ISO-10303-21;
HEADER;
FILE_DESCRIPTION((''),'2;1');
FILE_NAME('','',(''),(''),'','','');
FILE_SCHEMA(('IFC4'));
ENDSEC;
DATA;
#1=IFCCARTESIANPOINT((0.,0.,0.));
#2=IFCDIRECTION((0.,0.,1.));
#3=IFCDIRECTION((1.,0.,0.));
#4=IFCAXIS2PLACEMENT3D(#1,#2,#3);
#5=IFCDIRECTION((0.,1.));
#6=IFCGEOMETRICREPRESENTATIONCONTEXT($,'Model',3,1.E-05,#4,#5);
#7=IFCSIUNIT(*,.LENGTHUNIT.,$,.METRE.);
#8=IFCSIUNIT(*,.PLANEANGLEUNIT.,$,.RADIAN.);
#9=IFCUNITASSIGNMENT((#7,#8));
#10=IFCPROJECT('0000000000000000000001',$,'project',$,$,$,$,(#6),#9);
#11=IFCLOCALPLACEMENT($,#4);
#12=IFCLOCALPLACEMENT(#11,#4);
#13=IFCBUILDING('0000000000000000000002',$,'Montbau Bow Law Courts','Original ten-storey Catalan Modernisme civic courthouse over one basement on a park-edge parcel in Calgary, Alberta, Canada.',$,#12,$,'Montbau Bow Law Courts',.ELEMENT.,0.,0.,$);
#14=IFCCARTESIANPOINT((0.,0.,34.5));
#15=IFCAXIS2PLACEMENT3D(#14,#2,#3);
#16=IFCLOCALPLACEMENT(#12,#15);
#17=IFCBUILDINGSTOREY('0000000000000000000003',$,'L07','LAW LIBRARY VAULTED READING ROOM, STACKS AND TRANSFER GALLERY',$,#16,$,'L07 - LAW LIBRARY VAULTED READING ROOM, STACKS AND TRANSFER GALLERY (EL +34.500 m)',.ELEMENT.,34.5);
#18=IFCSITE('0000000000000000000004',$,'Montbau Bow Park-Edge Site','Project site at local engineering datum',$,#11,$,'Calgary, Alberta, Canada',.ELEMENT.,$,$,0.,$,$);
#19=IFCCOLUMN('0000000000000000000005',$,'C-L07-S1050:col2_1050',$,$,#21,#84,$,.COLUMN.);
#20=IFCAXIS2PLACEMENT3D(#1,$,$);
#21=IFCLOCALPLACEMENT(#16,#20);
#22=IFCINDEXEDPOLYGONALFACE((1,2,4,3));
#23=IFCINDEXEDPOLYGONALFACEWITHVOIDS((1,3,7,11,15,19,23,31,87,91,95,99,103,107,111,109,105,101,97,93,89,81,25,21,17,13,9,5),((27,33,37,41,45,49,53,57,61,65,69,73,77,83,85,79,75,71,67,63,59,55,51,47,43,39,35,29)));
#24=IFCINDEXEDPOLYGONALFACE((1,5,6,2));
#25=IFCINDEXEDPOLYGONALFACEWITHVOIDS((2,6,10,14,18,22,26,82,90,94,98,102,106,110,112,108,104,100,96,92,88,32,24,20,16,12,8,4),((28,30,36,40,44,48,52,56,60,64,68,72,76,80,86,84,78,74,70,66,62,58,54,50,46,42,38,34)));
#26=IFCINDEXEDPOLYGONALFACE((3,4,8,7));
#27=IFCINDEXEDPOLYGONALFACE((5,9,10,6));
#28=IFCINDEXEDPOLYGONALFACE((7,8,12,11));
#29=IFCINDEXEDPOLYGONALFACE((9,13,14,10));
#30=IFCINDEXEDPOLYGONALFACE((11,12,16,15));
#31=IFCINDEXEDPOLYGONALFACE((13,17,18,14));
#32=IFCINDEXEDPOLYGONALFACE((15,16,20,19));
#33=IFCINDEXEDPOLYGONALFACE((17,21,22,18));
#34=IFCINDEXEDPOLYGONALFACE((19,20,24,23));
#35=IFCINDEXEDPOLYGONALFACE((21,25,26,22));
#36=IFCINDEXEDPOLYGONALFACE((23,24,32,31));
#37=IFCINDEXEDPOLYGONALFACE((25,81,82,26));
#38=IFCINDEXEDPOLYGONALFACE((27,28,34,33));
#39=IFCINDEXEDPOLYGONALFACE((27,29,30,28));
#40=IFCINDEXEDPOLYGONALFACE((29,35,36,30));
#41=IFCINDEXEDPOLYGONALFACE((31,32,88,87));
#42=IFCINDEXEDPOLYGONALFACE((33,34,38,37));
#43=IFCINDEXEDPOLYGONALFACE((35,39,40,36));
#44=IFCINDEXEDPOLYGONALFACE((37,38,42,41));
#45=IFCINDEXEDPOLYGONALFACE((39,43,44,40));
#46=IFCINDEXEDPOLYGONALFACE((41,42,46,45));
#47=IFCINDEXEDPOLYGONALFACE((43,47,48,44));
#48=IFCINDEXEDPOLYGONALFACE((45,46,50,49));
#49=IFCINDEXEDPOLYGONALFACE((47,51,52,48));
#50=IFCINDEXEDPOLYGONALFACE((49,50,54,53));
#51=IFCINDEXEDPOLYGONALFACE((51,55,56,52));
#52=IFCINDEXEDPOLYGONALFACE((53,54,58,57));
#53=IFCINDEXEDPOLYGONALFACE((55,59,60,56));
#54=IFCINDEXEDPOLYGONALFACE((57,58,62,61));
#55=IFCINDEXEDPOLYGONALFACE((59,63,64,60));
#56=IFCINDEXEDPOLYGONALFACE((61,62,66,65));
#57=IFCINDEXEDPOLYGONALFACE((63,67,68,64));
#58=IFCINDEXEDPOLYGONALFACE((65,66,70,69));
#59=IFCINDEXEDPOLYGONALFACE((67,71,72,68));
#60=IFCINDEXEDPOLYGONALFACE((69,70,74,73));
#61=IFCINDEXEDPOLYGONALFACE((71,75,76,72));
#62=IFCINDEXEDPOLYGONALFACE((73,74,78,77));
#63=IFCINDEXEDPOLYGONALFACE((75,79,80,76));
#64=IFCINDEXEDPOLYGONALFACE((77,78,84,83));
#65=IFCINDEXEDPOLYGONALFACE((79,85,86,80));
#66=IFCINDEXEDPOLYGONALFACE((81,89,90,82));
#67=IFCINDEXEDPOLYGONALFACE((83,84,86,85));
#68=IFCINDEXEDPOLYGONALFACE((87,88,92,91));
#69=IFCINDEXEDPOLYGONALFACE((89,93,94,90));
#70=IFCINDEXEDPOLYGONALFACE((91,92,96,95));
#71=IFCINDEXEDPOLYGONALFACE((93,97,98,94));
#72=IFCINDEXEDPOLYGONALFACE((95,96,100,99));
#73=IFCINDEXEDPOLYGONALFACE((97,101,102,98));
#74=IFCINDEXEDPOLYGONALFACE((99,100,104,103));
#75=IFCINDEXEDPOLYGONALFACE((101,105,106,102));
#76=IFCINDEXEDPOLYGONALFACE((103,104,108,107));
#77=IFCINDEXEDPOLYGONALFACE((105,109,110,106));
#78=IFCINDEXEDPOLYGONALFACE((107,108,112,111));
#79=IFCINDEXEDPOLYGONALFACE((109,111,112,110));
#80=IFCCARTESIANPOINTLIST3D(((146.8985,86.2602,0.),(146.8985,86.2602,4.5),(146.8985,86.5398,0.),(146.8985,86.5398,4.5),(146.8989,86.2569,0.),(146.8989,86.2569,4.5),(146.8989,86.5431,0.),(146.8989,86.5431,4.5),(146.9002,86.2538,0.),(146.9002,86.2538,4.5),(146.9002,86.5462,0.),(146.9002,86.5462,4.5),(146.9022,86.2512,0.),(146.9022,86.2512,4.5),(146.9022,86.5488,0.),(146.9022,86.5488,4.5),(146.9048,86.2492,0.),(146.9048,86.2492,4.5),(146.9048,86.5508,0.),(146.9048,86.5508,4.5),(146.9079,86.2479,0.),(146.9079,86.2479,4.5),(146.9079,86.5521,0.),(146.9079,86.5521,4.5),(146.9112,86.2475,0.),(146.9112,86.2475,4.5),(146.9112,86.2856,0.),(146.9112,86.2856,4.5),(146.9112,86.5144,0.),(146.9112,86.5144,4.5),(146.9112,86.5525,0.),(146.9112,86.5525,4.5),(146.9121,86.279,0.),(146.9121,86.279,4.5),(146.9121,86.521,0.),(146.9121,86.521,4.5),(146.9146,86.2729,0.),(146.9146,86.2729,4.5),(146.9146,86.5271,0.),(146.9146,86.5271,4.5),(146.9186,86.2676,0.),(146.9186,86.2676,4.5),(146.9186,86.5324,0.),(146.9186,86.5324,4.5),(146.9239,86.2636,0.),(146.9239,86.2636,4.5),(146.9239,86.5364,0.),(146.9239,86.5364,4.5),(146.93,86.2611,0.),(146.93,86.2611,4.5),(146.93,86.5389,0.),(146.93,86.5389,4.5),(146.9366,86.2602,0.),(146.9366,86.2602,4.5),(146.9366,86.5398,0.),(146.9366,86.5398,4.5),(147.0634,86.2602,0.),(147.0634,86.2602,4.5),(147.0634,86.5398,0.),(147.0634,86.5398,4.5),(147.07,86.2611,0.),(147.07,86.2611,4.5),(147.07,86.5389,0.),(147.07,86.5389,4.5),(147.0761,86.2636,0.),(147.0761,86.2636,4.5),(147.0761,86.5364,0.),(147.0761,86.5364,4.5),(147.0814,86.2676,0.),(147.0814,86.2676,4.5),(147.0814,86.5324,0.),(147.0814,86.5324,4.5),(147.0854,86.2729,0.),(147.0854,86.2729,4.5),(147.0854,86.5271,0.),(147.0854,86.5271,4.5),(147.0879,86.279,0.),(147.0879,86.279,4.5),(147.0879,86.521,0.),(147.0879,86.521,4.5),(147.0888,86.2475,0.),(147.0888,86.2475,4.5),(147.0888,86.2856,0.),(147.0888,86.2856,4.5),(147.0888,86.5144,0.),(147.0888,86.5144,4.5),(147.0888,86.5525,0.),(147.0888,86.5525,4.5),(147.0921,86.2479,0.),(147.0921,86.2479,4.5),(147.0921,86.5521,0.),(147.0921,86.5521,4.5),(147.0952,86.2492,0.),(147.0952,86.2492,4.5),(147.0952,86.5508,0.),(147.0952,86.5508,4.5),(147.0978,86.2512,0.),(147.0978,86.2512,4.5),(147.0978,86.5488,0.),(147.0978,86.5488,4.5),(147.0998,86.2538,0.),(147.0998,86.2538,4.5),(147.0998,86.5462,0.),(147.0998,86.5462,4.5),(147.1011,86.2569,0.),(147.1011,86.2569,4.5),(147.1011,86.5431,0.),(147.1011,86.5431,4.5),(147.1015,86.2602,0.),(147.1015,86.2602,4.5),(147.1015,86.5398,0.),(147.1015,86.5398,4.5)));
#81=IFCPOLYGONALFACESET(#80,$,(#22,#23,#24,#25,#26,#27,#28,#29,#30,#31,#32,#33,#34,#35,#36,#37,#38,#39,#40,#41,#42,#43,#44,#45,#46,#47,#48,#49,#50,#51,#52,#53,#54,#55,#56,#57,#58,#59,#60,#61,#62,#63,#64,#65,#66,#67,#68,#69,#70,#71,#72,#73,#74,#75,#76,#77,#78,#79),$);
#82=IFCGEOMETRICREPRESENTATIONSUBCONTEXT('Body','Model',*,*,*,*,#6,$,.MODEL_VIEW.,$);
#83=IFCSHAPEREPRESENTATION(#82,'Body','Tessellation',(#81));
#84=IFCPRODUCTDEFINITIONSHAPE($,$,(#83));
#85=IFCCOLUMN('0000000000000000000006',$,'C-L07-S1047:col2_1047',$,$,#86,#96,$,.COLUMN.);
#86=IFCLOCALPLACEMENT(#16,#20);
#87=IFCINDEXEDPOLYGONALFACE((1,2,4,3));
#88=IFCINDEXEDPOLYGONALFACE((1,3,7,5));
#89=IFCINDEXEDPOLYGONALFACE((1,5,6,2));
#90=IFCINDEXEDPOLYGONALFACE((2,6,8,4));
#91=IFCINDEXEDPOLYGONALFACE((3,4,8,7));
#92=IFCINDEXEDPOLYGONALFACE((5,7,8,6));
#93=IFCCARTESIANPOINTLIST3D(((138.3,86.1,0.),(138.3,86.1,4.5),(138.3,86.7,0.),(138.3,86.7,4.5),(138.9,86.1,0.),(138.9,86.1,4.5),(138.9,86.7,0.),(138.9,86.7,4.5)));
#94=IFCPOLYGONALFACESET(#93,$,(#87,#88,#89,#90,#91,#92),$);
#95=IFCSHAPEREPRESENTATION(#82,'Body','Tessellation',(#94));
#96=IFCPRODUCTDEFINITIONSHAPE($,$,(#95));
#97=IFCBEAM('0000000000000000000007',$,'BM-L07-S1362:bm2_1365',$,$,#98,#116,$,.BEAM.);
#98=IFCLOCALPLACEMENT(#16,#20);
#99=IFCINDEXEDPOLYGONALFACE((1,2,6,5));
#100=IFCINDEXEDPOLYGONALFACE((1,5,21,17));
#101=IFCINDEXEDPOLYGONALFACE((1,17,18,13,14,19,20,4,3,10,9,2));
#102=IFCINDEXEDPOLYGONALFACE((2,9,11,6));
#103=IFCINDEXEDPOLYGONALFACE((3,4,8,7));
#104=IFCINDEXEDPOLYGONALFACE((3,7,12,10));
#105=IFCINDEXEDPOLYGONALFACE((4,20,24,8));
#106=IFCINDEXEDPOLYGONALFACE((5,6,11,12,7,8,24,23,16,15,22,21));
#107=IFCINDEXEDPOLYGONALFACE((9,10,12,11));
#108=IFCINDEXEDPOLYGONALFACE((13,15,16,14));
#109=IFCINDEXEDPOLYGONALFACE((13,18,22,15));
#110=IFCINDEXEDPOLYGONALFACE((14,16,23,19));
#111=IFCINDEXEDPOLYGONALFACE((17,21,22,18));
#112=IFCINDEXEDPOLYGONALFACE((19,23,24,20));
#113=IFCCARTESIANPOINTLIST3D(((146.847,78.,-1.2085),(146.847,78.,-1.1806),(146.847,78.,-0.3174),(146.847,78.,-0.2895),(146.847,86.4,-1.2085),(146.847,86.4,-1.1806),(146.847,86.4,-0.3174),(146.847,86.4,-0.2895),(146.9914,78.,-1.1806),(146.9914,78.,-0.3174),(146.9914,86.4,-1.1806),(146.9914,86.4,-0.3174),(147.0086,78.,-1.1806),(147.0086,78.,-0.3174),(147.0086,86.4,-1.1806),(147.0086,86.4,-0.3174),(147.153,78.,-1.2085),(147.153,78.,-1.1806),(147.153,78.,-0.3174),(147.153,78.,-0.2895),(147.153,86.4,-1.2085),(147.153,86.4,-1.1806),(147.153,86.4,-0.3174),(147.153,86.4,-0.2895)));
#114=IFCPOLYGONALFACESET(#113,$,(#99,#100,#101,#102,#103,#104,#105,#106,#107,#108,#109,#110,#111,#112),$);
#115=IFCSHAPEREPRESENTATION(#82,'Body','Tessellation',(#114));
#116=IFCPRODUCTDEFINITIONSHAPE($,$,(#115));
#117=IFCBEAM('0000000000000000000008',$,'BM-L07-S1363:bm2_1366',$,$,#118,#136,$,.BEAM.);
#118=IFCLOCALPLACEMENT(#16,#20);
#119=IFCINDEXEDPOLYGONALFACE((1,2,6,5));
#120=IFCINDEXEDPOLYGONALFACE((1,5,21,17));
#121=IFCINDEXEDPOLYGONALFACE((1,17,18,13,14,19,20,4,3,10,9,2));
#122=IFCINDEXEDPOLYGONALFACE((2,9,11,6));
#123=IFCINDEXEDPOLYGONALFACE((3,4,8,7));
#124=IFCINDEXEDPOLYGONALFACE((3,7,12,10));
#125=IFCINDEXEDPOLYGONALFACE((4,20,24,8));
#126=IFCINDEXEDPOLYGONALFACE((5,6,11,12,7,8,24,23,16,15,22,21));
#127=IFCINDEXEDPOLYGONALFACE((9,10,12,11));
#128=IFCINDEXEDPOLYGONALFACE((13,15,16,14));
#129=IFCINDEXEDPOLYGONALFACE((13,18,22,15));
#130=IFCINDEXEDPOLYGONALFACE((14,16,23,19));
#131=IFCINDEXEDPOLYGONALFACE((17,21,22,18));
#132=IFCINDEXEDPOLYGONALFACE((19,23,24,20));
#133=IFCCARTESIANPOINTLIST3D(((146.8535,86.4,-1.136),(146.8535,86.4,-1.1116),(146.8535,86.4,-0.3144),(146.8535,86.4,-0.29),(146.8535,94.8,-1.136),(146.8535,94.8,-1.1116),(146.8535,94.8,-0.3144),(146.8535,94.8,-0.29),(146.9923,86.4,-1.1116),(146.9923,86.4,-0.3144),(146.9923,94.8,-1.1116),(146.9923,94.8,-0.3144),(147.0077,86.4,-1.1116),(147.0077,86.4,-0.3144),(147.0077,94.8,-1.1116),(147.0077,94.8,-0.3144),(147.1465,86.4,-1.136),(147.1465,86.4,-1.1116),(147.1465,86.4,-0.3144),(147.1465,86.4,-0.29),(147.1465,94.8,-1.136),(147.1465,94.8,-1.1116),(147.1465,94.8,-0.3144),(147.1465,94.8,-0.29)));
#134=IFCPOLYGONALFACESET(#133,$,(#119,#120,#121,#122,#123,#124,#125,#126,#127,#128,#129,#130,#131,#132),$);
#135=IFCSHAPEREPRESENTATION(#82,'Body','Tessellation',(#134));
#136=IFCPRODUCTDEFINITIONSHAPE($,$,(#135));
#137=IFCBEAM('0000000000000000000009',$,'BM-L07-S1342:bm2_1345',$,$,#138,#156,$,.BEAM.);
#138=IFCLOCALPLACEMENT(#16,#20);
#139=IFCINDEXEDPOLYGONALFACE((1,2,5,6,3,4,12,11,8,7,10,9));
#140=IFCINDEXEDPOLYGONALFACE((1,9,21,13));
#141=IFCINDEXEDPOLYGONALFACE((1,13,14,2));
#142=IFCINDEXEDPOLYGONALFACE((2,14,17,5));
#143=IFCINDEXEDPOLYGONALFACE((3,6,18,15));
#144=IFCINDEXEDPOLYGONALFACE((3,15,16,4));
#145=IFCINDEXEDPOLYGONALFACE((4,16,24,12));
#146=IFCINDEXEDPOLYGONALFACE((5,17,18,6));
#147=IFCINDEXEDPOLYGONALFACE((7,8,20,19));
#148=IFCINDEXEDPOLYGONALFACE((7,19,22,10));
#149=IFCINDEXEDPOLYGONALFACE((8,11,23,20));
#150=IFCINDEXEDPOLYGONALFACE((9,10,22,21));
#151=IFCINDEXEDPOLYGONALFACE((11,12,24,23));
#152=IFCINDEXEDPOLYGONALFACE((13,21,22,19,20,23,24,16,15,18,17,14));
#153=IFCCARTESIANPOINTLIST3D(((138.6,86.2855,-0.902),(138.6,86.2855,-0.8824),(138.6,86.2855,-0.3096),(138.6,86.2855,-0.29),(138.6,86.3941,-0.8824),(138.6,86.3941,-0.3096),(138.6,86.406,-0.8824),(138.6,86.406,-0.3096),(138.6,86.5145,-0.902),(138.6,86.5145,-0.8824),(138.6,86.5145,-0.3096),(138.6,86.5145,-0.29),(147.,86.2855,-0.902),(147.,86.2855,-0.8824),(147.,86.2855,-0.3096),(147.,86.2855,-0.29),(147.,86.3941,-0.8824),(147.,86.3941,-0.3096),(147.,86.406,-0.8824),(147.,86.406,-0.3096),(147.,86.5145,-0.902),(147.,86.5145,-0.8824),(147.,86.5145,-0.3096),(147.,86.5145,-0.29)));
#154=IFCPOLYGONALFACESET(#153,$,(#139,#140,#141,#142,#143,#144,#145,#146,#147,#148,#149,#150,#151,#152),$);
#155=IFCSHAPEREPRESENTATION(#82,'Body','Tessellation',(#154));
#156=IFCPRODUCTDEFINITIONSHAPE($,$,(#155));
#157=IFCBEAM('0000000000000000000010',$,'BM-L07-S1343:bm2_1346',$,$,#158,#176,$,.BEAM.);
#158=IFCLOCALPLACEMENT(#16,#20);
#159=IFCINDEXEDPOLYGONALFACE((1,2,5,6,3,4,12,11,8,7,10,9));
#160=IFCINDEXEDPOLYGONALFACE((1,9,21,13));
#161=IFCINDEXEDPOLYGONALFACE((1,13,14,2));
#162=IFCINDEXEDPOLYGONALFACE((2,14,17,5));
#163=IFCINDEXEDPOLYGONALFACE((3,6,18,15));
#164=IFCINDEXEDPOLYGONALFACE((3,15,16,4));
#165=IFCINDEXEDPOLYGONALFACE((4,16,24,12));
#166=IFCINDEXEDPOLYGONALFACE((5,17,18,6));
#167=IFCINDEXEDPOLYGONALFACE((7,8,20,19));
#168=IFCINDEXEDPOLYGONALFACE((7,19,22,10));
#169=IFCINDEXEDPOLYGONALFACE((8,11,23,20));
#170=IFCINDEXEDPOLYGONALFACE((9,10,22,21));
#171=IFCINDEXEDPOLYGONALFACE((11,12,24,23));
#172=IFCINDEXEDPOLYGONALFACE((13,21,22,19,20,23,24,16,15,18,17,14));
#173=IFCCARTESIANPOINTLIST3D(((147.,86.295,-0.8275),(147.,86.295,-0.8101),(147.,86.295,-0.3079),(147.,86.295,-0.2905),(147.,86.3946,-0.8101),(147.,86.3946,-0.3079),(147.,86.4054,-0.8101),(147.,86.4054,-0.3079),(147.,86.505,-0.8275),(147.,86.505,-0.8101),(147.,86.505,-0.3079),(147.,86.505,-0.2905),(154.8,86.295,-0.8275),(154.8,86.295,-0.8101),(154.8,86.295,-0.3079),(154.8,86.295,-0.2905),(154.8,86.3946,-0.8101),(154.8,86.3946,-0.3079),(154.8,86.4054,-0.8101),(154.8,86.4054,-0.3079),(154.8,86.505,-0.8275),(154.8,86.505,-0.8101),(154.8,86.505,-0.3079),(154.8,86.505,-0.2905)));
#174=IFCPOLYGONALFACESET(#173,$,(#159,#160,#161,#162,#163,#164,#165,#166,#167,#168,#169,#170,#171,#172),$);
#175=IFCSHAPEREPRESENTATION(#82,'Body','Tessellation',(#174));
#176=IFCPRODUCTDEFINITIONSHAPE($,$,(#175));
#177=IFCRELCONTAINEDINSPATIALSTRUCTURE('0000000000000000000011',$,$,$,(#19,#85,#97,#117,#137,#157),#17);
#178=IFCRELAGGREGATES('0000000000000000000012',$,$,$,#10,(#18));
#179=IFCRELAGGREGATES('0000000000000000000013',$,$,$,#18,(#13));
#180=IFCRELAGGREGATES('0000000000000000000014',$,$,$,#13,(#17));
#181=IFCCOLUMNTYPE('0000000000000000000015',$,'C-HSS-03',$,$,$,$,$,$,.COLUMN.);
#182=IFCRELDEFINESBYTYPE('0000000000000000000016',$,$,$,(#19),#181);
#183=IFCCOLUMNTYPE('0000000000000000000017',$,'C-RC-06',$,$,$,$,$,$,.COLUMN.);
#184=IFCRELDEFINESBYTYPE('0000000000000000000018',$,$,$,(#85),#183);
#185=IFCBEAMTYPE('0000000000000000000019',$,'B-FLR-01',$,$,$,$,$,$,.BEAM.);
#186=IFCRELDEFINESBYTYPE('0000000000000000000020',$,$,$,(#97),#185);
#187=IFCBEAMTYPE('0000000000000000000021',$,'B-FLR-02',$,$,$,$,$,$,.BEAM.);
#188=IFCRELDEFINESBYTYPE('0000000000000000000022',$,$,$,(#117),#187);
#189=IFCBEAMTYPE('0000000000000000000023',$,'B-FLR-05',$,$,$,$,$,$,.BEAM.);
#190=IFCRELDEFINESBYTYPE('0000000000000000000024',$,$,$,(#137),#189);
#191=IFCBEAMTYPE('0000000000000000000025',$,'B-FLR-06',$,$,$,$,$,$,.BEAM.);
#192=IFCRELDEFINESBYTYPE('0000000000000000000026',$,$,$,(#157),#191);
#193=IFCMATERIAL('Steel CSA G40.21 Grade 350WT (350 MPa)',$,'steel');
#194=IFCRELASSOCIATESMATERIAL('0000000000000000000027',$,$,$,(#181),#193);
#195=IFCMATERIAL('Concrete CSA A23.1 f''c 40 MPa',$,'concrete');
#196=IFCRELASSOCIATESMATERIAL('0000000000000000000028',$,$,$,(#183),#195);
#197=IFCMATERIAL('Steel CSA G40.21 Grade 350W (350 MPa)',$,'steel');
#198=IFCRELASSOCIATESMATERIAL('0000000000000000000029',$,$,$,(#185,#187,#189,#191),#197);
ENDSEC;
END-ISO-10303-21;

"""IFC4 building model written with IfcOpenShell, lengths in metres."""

from ifc_helpers import new_model, si_unit, direction, frame, origin_with_axes, origin_2d_with_axis, place, context, subcontext, project, spatial, rectangle, hollow_rectangle, i_section, extrude, material, material_profile, profile_set, type_object, element, save


model = new_model("IFC4")

# Units and contexts
model_context = context("Model", 3, precision=1e-05, world=origin_with_axes(), true_north=direction((0.0, 1.0)))
body_context = subcontext(model_context, "Body", "Model", "MODEL_VIEW")
ifc_project = project(units=[si_unit("LENGTHUNIT", "METRE"), si_unit("PLANEANGLEUNIT", "RADIAN")], contexts=[model_context])

# Site, building, storey
site_placement = place(None, origin_with_axes())
site = spatial("IfcSite", under=ifc_project, at=site_placement, Name="Montbau Bow Park-Edge Site", Description="Project site at local engineering datum", LongName="Calgary, Alberta, Canada", CompositionType="ELEMENT", RefElevation=0.0)
building_placement = place(site_placement, origin_with_axes())
building = spatial("IfcBuilding", under=site, at=building_placement, Name="Montbau Bow Law Courts", Description="Original ten-storey Catalan Modernisme civic courthouse over one basement on a park-edge parcel in Calgary, Alberta, Canada.", LongName="Montbau Bow Law Courts", CompositionType="ELEMENT", ElevationOfRefHeight=0.0, ElevationOfTerrain=0.0)
storey_placement = place(building_placement, frame((0.0, 0.0, 34.5), z_axis=(0.0, 0.0, 1.0), x_axis=(1.0, 0.0, 0.0)))
storey = spatial("IfcBuildingStorey", under=building, at=storey_placement, Name="L07", Description="LAW LIBRARY VAULTED READING ROOM, STACKS AND TRANSFER GALLERY", LongName="L07 - LAW LIBRARY VAULTED READING ROOM, STACKS AND TRANSFER GALLERY (EL +34.500 m)", CompositionType="ELEMENT", Elevation=34.5)

# Columns
ifc_material_1 = material(Name="Steel CSA G40.21 Grade 350WT (350 MPa)", Category="steel")
ifc_material_profile_1 = material_profile(ifc_material_1, hollow_rectangle(XDim=0.203, YDim=0.305, WallThickness=0.0127, InnerFilletRadius=0.0254, OuterFilletRadius=0.0127, at=origin_2d_with_axis()), Name="HSS305X203X13", Category="Main", Priority=0)
ifc_profile_set_1 = profile_set([ifc_material_profile_1], Name="Steel CSA G40.21 Grade 350WT (350 MPa)")
column_type_1 = type_object("IfcColumnType", Name="C-HSS-03", PredefinedType="COLUMN", material=ifc_profile_set_1)
column_1_placement = place(None, frame((147.0, 86.4, 34.5), z_axis=(0.0, 0.0, 1.0), x_axis=(1.0, 0.0, 0.0)))
element("IfcColumn", 1, at=column_1_placement, inside=storey, type_object=column_type_1, Name="C-L07-S1050:col2_1050", PredefinedType="COLUMN", context=body_context, shape_type="SweptSolid", body=[
    extrude(hollow_rectangle(XDim=0.203, YDim=0.305, WallThickness=0.0127, InnerFilletRadius=0.0254, OuterFilletRadius=0.0127, at=origin_2d_with_axis()), origin_with_axes(), (0.0, 0.0, 1.0), 4.5),
])
ifc_material_2 = material(Name="Concrete CSA A23.1 f'c 40 MPa", Category="concrete")
ifc_material_profile_2 = material_profile(ifc_material_2, rectangle(XDim=0.6, YDim=0.6, at=origin_2d_with_axis()), Name="RC600X600", Category="Main", Priority=0)
ifc_profile_set_2 = profile_set([ifc_material_profile_2], Name="Concrete CSA A23.1 f'c 40 MPa")
column_type_2 = type_object("IfcColumnType", Name="C-RC-06", PredefinedType="COLUMN", material=ifc_profile_set_2)
column_2_placement = place(None, frame((138.6, 86.4, 34.5), z_axis=(0.0, 0.0, 1.0), x_axis=(1.0, 0.0, 0.0)))
element("IfcColumn", 2, at=column_2_placement, inside=storey, type_object=column_type_2, Name="C-L07-S1047:col2_1047", PredefinedType="COLUMN", context=body_context, shape_type="SweptSolid", body=[
    extrude(rectangle(XDim=0.6, YDim=0.6, at=origin_2d_with_axis()), origin_with_axes(), (0.0, 0.0, 1.0), 4.5),
])

# Beams
ifc_material_3 = material(Name="Steel CSA G40.21 Grade 350W (350 MPa)", Category="steel")
ifc_material_profile_3 = material_profile(ifc_material_3, i_section(OverallWidth=0.306, OverallDepth=0.919, WebThickness=0.0173, FlangeThickness=0.0279, at=origin_2d_with_axis()), Name="W920X253", Category="Main", Priority=0)
ifc_profile_set_3 = profile_set([ifc_material_profile_3], Name="Steel CSA G40.21 Grade 350W (350 MPa)")
beam_type_1 = type_object("IfcBeamType", Name="B-FLR-01", PredefinedType="BEAM", material=ifc_profile_set_3)
beam_1_placement = place(None, frame((147.0, 78.0, 33.751), z_axis=(0.0, 1.0, 0.0), x_axis=(-1.0, 0.0, 0.0)))
element("IfcBeam", 3, at=beam_1_placement, inside=storey, type_object=beam_type_1, Name="BM-L07-S1362:bm2_1365", PredefinedType="BEAM", context=body_context, shape_type="SweptSolid", body=[
    extrude(i_section(OverallWidth=0.306, OverallDepth=0.919, WebThickness=0.0173, FlangeThickness=0.0279, at=origin_2d_with_axis()), origin_with_axes(), (0.0, 0.0, 1.0), 8.4),
])
ifc_material_profile_4 = material_profile(ifc_material_3, i_section(OverallWidth=0.293, OverallDepth=0.846, WebThickness=0.0154, FlangeThickness=0.0244, at=origin_2d_with_axis()), Name="W840X210", Category="Main", Priority=0)
ifc_profile_set_4 = profile_set([ifc_material_profile_4], Name="Steel CSA G40.21 Grade 350W (350 MPa)")
beam_type_2 = type_object("IfcBeamType", Name="B-FLR-02", PredefinedType="BEAM", material=ifc_profile_set_4)
beam_2_placement = place(None, frame((147.0, 86.4, 33.787), z_axis=(0.0, 1.0, 0.0), x_axis=(-1.0, 0.0, 0.0)))
element("IfcBeam", 4, at=beam_2_placement, inside=storey, type_object=beam_type_2, Name="BM-L07-S1363:bm2_1366", PredefinedType="BEAM", context=body_context, shape_type="SweptSolid", body=[
    extrude(i_section(OverallWidth=0.293, OverallDepth=0.846, WebThickness=0.0154, FlangeThickness=0.0244, at=origin_2d_with_axis()), origin_with_axes(), (0.0, 0.0, 1.0), 8.4),
])
ifc_material_profile_5 = material_profile(ifc_material_3, i_section(OverallWidth=0.229, OverallDepth=0.612, WebThickness=0.0119, FlangeThickness=0.0196, at=origin_2d_with_axis()), Name="W610X125", Category="Main", Priority=0)
ifc_profile_set_5 = profile_set([ifc_material_profile_5], Name="Steel CSA G40.21 Grade 350W (350 MPa)")
beam_type_3 = type_object("IfcBeamType", Name="B-FLR-05", PredefinedType="BEAM", material=ifc_profile_set_5)
beam_3_placement = place(None, frame((138.6, 86.4, 33.904), z_axis=(1.0, 0.0, 0.0), x_axis=(0.0, 1.0, 0.0)))
element("IfcBeam", 5, at=beam_3_placement, inside=storey, type_object=beam_type_3, Name="BM-L07-S1342:bm2_1345", PredefinedType="BEAM", context=body_context, shape_type="SweptSolid", body=[
    extrude(i_section(OverallWidth=0.229, OverallDepth=0.612, WebThickness=0.0119, FlangeThickness=0.0196, at=origin_2d_with_axis()), origin_with_axes(), (0.0, 0.0, 1.0), 8.4),
])
ifc_material_profile_6 = material_profile(ifc_material_3, i_section(OverallWidth=0.21, OverallDepth=0.537, WebThickness=0.0109, FlangeThickness=0.0174, at=origin_2d_with_axis()), Name="W530X101", Category="Main", Priority=0)
ifc_profile_set_6 = profile_set([ifc_material_profile_6], Name="Steel CSA G40.21 Grade 350W (350 MPa)")
beam_type_4 = type_object("IfcBeamType", Name="B-FLR-06", PredefinedType="BEAM", material=ifc_profile_set_6)
beam_4_placement = place(None, frame((147.0, 86.4, 33.941), z_axis=(1.0, 0.0, 0.0), x_axis=(0.0, 1.0, 0.0)))
element("IfcBeam", 6, at=beam_4_placement, inside=storey, type_object=beam_type_4, Name="BM-L07-S1343:bm2_1346", PredefinedType="BEAM", context=body_context, shape_type="SweptSolid", body=[
    extrude(i_section(OverallWidth=0.21, OverallDepth=0.537, WebThickness=0.0109, FlangeThickness=0.0174, at=origin_2d_with_axis()), origin_with_axes(), (0.0, 0.0, 1.0), 7.8),
])

save(model, "model.ifc")
